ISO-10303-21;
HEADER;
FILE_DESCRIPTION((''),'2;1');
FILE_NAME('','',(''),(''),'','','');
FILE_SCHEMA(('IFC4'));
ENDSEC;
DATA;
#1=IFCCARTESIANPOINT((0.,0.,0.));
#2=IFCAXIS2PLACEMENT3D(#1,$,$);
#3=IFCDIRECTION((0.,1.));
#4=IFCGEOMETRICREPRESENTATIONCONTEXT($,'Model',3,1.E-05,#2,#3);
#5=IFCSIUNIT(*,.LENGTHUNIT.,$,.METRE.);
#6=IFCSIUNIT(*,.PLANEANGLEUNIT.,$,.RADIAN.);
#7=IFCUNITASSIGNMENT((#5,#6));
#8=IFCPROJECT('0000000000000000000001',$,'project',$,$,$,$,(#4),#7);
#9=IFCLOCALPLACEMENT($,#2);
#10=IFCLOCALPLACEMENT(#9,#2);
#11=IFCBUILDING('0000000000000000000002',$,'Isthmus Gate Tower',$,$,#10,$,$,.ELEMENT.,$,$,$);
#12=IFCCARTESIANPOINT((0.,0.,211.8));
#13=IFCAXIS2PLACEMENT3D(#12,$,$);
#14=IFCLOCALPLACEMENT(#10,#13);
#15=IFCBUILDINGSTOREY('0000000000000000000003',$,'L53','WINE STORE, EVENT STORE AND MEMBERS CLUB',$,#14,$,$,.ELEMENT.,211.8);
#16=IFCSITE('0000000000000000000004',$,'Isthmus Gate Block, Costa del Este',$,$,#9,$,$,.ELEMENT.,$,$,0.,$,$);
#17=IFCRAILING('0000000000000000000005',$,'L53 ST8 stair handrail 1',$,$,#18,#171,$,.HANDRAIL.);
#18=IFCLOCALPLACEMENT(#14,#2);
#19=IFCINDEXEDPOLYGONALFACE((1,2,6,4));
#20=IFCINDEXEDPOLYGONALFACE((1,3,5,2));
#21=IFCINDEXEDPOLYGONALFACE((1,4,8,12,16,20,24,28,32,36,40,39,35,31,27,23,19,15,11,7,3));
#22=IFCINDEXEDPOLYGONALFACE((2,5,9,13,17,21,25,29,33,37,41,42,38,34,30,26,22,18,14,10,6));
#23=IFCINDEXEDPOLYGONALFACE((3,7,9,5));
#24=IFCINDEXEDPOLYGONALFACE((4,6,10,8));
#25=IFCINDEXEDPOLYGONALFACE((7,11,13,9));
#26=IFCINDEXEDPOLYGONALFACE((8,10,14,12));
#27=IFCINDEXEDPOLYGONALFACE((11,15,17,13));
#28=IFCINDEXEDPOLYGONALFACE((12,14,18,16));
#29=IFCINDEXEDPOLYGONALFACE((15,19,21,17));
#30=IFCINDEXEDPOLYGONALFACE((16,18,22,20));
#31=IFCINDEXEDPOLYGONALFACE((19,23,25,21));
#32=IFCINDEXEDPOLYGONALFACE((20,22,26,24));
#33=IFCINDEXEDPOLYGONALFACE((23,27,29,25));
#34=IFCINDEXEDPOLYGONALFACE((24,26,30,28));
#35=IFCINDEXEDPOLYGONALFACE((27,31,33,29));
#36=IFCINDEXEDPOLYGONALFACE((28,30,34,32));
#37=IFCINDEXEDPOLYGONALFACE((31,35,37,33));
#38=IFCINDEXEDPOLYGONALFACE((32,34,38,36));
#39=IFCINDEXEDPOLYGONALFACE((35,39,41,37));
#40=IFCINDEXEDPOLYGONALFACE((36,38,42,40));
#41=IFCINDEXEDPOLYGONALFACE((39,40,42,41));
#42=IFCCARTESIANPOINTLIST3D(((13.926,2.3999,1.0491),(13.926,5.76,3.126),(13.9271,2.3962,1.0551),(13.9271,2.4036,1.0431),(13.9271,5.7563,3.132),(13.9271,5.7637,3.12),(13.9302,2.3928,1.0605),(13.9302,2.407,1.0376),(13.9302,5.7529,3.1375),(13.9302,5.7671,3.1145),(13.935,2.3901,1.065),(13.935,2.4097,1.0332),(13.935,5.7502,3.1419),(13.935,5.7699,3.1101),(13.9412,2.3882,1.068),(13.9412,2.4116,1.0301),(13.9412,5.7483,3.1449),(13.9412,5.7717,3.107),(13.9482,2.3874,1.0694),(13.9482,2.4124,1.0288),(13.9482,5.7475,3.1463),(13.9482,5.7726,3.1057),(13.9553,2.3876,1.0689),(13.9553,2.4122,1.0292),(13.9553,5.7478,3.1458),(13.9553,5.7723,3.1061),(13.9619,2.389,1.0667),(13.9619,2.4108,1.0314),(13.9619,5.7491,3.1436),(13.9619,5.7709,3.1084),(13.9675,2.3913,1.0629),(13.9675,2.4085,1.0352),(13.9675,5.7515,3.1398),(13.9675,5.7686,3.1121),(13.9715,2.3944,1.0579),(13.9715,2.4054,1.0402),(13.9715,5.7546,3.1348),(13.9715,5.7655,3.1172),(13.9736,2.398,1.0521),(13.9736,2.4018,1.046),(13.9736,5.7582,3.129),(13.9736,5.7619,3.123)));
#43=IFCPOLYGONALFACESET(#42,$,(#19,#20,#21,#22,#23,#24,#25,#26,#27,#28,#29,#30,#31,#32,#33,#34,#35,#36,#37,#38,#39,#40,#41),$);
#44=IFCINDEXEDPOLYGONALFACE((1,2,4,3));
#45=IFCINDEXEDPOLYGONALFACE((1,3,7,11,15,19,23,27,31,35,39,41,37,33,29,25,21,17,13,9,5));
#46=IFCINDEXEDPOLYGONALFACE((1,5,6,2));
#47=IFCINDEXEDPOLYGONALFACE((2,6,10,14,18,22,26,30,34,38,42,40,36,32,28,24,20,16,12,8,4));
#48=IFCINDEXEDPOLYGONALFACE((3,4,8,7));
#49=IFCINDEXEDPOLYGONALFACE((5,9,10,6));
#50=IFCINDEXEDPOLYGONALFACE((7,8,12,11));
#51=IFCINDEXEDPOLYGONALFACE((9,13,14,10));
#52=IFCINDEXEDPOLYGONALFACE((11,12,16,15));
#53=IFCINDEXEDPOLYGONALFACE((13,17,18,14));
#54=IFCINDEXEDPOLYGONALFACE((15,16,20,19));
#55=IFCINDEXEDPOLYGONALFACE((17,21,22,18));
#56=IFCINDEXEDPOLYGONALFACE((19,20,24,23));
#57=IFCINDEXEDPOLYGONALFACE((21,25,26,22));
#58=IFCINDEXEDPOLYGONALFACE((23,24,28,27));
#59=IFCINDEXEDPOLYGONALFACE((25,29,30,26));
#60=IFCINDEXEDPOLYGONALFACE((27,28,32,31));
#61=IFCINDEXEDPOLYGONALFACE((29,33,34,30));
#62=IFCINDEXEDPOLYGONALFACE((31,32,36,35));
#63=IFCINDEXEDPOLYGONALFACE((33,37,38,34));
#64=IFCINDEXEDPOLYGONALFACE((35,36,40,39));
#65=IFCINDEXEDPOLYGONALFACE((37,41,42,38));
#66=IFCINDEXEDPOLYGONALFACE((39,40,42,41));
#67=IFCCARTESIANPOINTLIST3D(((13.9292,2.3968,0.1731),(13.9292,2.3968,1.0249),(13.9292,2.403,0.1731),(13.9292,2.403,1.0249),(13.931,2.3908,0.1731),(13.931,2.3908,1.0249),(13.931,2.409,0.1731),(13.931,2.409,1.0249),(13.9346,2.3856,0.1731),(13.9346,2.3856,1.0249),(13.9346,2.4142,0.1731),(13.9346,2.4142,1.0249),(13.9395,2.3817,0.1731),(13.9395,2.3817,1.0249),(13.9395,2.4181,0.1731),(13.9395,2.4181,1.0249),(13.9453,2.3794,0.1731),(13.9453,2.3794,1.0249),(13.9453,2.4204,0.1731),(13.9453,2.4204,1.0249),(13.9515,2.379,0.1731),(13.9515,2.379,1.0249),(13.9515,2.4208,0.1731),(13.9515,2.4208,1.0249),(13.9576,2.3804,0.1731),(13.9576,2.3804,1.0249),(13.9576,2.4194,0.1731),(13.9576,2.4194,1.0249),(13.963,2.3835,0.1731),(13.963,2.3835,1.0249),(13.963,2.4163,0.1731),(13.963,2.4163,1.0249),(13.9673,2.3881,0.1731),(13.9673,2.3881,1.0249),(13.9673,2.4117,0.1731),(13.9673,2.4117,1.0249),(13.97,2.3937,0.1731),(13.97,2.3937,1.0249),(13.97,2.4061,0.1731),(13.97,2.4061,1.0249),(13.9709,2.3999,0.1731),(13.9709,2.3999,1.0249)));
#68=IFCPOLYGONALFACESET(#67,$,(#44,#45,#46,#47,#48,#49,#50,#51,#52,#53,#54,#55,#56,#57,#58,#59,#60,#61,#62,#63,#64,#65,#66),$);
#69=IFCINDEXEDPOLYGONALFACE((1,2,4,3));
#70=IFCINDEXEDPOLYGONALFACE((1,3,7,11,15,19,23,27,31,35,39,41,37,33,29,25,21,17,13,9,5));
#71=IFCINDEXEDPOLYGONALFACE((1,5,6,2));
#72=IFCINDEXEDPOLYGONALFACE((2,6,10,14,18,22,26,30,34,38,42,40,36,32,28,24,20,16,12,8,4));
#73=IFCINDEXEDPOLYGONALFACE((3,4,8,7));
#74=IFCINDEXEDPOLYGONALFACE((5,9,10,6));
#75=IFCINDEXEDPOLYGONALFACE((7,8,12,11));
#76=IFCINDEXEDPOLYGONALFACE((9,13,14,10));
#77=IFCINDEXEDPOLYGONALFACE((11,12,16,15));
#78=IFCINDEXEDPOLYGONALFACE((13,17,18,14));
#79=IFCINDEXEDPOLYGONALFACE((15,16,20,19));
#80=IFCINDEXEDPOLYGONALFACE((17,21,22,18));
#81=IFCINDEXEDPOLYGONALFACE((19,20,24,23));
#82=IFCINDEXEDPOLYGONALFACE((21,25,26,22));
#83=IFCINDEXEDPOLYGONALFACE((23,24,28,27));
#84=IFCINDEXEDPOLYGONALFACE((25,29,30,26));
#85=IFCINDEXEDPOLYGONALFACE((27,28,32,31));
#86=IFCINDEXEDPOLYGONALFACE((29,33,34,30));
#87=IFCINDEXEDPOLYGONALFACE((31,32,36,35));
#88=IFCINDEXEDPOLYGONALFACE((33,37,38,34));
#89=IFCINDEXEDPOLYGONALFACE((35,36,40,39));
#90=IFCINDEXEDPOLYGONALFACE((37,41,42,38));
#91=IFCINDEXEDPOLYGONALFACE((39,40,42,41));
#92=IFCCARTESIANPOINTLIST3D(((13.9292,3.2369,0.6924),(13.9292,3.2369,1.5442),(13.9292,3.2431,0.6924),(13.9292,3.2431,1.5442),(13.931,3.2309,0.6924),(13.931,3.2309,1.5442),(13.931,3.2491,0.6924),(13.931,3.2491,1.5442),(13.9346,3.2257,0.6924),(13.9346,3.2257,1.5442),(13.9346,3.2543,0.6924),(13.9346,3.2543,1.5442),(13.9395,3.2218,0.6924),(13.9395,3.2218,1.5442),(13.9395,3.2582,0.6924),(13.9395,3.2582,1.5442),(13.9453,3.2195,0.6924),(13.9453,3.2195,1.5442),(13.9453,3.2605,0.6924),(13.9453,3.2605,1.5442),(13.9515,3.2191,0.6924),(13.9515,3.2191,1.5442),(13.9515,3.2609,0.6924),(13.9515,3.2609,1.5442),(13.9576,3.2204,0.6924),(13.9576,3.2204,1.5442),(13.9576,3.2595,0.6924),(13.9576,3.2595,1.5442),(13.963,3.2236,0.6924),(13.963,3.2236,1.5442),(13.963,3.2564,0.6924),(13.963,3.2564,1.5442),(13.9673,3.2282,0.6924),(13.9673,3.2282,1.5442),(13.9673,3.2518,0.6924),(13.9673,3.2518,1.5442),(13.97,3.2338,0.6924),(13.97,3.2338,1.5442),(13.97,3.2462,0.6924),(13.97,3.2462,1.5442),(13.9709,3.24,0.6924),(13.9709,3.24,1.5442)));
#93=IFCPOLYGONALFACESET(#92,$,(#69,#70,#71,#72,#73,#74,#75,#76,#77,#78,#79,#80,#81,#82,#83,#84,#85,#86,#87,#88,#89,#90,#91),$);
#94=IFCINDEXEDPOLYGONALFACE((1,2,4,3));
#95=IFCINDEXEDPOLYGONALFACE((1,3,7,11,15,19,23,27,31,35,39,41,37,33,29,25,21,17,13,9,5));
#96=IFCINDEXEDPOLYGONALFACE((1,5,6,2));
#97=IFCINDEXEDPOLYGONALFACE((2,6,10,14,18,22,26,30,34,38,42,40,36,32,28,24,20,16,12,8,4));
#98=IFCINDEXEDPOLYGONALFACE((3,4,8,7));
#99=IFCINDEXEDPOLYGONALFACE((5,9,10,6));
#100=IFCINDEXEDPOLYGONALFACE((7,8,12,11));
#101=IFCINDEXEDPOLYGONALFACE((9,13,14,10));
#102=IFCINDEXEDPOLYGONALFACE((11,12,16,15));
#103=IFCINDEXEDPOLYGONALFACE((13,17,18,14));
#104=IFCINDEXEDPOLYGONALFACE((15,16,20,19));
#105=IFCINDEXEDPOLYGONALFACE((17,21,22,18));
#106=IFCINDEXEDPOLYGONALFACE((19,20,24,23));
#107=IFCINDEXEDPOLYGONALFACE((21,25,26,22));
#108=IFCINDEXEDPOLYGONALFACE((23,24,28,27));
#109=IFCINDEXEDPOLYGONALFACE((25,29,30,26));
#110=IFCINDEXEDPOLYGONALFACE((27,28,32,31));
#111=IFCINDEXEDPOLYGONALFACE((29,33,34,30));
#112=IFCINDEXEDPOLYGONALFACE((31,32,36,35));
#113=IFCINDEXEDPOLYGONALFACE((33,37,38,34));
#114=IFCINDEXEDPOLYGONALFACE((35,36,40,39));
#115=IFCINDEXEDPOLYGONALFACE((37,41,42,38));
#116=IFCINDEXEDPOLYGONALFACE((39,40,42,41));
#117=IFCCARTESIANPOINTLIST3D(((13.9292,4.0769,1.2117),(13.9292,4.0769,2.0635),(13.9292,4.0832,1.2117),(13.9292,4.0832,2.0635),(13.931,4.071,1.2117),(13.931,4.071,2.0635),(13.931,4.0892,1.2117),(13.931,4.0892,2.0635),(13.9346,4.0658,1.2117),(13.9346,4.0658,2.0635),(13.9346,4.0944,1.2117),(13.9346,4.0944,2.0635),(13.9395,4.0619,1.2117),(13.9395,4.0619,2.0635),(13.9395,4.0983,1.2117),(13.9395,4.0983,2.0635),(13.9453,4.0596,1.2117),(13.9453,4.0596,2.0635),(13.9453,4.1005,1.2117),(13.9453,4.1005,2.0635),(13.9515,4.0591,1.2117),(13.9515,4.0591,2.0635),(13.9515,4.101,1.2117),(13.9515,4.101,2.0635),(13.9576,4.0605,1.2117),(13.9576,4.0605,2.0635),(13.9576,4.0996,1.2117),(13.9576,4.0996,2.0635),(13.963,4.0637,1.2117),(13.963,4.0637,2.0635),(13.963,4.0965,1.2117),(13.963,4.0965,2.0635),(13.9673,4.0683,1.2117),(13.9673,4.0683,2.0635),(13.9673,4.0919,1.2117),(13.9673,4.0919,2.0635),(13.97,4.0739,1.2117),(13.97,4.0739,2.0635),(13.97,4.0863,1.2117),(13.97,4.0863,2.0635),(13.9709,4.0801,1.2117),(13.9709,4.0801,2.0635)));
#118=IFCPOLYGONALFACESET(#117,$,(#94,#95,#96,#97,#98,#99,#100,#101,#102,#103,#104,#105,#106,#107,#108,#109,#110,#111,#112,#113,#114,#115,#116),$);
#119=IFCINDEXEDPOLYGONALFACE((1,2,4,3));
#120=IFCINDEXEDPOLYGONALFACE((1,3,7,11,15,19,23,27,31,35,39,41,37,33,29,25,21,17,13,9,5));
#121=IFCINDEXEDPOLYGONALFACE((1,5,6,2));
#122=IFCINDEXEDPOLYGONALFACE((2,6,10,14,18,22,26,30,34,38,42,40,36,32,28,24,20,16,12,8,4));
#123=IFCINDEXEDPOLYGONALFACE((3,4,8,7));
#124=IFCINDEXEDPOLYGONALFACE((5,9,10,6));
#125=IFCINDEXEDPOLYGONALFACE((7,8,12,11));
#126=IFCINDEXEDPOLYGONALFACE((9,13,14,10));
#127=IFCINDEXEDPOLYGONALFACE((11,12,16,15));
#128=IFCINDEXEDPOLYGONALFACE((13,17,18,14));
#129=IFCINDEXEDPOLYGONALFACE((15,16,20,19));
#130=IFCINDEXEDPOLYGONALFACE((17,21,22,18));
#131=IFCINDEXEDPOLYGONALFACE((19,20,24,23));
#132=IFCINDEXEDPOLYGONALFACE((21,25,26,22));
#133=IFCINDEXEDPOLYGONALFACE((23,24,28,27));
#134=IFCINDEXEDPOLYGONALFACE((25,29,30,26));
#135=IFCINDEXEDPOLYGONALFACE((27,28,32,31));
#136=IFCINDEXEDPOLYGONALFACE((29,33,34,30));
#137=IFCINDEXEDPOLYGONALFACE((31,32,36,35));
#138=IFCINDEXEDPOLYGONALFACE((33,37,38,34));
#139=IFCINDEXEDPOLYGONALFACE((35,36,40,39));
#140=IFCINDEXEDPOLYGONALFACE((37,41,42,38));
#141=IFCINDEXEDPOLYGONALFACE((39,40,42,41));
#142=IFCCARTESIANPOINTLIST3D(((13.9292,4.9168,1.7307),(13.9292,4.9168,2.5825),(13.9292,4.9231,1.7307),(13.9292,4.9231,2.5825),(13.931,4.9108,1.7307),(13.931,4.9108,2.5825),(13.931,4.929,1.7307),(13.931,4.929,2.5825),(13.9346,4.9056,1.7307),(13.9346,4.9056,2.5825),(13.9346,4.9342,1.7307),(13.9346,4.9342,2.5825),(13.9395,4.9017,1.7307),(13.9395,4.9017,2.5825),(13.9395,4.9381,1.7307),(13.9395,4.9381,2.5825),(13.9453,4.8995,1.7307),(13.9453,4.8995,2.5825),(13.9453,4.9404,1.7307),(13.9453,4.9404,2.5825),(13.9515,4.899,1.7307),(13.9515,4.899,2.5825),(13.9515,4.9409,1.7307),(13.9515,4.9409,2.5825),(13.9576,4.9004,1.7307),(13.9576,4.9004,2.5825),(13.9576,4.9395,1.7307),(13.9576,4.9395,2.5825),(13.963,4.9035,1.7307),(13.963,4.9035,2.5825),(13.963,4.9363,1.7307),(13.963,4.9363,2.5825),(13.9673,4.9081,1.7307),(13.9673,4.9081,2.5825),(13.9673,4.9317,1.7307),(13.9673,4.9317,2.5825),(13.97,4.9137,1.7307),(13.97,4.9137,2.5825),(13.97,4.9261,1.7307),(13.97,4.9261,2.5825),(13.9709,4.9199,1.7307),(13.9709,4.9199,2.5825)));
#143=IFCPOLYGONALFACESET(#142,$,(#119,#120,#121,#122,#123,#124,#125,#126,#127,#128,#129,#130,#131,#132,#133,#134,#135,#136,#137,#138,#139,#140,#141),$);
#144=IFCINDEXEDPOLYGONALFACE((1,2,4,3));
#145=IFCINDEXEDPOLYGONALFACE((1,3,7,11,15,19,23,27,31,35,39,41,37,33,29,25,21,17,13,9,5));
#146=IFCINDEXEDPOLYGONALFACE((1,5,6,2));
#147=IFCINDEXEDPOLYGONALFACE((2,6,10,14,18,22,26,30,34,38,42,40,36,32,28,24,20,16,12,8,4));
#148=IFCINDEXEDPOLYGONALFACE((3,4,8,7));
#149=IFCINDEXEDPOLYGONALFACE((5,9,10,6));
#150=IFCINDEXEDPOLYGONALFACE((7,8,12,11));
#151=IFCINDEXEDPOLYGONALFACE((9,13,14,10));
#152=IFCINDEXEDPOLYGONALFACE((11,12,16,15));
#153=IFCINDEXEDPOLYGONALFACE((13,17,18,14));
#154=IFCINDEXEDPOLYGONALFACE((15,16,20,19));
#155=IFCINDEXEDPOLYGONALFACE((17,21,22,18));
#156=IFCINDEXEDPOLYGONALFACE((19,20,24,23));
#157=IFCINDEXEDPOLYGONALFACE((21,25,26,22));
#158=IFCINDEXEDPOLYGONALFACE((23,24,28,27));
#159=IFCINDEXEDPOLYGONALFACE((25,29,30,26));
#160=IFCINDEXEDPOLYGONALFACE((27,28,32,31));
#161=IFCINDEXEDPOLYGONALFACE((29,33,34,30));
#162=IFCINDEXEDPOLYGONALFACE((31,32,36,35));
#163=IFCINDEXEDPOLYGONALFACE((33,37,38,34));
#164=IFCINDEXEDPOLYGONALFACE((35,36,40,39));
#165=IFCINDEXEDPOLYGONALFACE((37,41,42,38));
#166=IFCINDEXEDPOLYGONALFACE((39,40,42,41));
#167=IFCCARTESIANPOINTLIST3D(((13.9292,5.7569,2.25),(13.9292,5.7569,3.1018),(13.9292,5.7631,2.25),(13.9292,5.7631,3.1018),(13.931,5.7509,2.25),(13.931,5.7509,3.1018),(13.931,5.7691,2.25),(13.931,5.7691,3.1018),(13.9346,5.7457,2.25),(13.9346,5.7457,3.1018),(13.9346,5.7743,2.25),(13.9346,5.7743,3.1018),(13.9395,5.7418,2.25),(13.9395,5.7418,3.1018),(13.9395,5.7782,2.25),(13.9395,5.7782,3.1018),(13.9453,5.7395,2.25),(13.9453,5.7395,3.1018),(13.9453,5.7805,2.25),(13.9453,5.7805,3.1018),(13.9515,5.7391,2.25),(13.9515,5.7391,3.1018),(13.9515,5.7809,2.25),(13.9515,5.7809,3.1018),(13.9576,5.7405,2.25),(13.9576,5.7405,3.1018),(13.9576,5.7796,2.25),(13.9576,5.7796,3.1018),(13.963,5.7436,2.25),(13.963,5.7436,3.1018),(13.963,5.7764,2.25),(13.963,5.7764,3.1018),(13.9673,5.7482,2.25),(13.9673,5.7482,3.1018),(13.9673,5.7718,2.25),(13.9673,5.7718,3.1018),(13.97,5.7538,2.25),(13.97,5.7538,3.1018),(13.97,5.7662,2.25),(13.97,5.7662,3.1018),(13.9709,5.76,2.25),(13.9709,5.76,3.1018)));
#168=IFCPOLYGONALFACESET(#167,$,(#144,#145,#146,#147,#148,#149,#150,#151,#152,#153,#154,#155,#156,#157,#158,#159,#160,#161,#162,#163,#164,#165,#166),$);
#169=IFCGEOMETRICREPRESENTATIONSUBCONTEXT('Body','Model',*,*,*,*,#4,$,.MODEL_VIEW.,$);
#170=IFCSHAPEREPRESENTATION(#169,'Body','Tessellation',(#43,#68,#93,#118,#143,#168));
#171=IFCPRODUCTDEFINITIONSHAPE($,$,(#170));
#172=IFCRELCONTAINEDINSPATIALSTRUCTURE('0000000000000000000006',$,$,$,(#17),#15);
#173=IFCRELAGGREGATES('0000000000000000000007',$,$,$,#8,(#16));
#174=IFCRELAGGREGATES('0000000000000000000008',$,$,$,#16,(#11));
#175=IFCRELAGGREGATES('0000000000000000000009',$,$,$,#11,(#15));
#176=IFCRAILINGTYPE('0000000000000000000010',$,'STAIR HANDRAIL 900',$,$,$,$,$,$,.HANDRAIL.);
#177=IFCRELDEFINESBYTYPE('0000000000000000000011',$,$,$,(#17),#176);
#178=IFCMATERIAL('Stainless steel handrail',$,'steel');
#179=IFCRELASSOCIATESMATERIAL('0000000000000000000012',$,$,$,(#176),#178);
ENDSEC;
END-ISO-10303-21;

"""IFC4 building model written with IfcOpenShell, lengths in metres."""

from ifc_helpers import new_model, si_unit, direction, frame, origin, origin_2d, place, context, subcontext, project, spatial, circle, extrude, material, type_object, element, save


model = new_model("IFC4")

# Units and contexts
model_context = context("Model", 3, precision=1e-05, world=origin(), true_north=direction((0.0, 1.0)))
body_context = subcontext(model_context, "Body", "Model", "MODEL_VIEW")
ifc_project = project(units=[si_unit("LENGTHUNIT", "METRE"), si_unit("PLANEANGLEUNIT", "RADIAN")], contexts=[model_context])

# Site, building, storey
site_placement = place(None, origin())
site = spatial("IfcSite", under=ifc_project, at=site_placement, Name="Isthmus Gate Block, Costa del Este", CompositionType="ELEMENT", RefElevation=0.0)
building_placement = place(site_placement, origin())
building = spatial("IfcBuilding", under=site, at=building_placement, Name="Isthmus Gate Tower", CompositionType="ELEMENT")
storey_placement = place(building_placement, frame((0.0, 0.0, 211.8)))
storey = spatial("IfcBuildingStorey", under=building, at=storey_placement, Name="L53", Description="WINE STORE, EVENT STORE AND MEMBERS CLUB", CompositionType="ELEMENT", Elevation=211.8)

# Railing
ifc_material_1 = material(Name="Stainless steel handrail", Category="steel")
railing_type_1 = type_object("IfcRailingType", Name="STAIR HANDRAIL 900", PredefinedType="HANDRAIL", material=ifc_material_1)
for number, where, name in (
    (1, (13.95, 2.3999, 0.1731), "L53 ST8 stair handrail 1"),
):
    element("IfcRailing", number, at=place(storey_placement, frame(where)), inside=storey, type_object=railing_type_1, Name=name, PredefinedType="HANDRAIL", context=body_context, shape_type="SweptSolid", body=[
        extrude(circle(Radius=0.0239, at=origin_2d()), frame((0.0, 0.0, 0.876), z_axis=(0.0, 0.850623, 0.525776), x_axis=(-1.0, 0.0, 0.0)), (0.0, 0.0, 1.0), 3.9502),
        extrude(circle(Radius=0.021, at=origin_2d()), origin(), (0.0, 0.0, 1.0), 0.8518),
        extrude(circle(Radius=0.021, at=origin_2d()), frame((0.0, 0.8401, 0.5193)), (0.0, 0.0, 1.0), 0.8518),
        extrude(circle(Radius=0.021, at=origin_2d()), frame((0.0, 1.6802, 1.0386)), (0.0, 0.0, 1.0), 0.8518),
        extrude(circle(Radius=0.021, at=origin_2d()), frame((0.0, 2.52, 1.5576)), (0.0, 0.0, 1.0), 0.8518),
        extrude(circle(Radius=0.021, at=origin_2d()), frame((0.0, 3.3601, 2.0769)), (0.0, 0.0, 1.0), 0.8518),
    ])

save(model, "model.ifc")
